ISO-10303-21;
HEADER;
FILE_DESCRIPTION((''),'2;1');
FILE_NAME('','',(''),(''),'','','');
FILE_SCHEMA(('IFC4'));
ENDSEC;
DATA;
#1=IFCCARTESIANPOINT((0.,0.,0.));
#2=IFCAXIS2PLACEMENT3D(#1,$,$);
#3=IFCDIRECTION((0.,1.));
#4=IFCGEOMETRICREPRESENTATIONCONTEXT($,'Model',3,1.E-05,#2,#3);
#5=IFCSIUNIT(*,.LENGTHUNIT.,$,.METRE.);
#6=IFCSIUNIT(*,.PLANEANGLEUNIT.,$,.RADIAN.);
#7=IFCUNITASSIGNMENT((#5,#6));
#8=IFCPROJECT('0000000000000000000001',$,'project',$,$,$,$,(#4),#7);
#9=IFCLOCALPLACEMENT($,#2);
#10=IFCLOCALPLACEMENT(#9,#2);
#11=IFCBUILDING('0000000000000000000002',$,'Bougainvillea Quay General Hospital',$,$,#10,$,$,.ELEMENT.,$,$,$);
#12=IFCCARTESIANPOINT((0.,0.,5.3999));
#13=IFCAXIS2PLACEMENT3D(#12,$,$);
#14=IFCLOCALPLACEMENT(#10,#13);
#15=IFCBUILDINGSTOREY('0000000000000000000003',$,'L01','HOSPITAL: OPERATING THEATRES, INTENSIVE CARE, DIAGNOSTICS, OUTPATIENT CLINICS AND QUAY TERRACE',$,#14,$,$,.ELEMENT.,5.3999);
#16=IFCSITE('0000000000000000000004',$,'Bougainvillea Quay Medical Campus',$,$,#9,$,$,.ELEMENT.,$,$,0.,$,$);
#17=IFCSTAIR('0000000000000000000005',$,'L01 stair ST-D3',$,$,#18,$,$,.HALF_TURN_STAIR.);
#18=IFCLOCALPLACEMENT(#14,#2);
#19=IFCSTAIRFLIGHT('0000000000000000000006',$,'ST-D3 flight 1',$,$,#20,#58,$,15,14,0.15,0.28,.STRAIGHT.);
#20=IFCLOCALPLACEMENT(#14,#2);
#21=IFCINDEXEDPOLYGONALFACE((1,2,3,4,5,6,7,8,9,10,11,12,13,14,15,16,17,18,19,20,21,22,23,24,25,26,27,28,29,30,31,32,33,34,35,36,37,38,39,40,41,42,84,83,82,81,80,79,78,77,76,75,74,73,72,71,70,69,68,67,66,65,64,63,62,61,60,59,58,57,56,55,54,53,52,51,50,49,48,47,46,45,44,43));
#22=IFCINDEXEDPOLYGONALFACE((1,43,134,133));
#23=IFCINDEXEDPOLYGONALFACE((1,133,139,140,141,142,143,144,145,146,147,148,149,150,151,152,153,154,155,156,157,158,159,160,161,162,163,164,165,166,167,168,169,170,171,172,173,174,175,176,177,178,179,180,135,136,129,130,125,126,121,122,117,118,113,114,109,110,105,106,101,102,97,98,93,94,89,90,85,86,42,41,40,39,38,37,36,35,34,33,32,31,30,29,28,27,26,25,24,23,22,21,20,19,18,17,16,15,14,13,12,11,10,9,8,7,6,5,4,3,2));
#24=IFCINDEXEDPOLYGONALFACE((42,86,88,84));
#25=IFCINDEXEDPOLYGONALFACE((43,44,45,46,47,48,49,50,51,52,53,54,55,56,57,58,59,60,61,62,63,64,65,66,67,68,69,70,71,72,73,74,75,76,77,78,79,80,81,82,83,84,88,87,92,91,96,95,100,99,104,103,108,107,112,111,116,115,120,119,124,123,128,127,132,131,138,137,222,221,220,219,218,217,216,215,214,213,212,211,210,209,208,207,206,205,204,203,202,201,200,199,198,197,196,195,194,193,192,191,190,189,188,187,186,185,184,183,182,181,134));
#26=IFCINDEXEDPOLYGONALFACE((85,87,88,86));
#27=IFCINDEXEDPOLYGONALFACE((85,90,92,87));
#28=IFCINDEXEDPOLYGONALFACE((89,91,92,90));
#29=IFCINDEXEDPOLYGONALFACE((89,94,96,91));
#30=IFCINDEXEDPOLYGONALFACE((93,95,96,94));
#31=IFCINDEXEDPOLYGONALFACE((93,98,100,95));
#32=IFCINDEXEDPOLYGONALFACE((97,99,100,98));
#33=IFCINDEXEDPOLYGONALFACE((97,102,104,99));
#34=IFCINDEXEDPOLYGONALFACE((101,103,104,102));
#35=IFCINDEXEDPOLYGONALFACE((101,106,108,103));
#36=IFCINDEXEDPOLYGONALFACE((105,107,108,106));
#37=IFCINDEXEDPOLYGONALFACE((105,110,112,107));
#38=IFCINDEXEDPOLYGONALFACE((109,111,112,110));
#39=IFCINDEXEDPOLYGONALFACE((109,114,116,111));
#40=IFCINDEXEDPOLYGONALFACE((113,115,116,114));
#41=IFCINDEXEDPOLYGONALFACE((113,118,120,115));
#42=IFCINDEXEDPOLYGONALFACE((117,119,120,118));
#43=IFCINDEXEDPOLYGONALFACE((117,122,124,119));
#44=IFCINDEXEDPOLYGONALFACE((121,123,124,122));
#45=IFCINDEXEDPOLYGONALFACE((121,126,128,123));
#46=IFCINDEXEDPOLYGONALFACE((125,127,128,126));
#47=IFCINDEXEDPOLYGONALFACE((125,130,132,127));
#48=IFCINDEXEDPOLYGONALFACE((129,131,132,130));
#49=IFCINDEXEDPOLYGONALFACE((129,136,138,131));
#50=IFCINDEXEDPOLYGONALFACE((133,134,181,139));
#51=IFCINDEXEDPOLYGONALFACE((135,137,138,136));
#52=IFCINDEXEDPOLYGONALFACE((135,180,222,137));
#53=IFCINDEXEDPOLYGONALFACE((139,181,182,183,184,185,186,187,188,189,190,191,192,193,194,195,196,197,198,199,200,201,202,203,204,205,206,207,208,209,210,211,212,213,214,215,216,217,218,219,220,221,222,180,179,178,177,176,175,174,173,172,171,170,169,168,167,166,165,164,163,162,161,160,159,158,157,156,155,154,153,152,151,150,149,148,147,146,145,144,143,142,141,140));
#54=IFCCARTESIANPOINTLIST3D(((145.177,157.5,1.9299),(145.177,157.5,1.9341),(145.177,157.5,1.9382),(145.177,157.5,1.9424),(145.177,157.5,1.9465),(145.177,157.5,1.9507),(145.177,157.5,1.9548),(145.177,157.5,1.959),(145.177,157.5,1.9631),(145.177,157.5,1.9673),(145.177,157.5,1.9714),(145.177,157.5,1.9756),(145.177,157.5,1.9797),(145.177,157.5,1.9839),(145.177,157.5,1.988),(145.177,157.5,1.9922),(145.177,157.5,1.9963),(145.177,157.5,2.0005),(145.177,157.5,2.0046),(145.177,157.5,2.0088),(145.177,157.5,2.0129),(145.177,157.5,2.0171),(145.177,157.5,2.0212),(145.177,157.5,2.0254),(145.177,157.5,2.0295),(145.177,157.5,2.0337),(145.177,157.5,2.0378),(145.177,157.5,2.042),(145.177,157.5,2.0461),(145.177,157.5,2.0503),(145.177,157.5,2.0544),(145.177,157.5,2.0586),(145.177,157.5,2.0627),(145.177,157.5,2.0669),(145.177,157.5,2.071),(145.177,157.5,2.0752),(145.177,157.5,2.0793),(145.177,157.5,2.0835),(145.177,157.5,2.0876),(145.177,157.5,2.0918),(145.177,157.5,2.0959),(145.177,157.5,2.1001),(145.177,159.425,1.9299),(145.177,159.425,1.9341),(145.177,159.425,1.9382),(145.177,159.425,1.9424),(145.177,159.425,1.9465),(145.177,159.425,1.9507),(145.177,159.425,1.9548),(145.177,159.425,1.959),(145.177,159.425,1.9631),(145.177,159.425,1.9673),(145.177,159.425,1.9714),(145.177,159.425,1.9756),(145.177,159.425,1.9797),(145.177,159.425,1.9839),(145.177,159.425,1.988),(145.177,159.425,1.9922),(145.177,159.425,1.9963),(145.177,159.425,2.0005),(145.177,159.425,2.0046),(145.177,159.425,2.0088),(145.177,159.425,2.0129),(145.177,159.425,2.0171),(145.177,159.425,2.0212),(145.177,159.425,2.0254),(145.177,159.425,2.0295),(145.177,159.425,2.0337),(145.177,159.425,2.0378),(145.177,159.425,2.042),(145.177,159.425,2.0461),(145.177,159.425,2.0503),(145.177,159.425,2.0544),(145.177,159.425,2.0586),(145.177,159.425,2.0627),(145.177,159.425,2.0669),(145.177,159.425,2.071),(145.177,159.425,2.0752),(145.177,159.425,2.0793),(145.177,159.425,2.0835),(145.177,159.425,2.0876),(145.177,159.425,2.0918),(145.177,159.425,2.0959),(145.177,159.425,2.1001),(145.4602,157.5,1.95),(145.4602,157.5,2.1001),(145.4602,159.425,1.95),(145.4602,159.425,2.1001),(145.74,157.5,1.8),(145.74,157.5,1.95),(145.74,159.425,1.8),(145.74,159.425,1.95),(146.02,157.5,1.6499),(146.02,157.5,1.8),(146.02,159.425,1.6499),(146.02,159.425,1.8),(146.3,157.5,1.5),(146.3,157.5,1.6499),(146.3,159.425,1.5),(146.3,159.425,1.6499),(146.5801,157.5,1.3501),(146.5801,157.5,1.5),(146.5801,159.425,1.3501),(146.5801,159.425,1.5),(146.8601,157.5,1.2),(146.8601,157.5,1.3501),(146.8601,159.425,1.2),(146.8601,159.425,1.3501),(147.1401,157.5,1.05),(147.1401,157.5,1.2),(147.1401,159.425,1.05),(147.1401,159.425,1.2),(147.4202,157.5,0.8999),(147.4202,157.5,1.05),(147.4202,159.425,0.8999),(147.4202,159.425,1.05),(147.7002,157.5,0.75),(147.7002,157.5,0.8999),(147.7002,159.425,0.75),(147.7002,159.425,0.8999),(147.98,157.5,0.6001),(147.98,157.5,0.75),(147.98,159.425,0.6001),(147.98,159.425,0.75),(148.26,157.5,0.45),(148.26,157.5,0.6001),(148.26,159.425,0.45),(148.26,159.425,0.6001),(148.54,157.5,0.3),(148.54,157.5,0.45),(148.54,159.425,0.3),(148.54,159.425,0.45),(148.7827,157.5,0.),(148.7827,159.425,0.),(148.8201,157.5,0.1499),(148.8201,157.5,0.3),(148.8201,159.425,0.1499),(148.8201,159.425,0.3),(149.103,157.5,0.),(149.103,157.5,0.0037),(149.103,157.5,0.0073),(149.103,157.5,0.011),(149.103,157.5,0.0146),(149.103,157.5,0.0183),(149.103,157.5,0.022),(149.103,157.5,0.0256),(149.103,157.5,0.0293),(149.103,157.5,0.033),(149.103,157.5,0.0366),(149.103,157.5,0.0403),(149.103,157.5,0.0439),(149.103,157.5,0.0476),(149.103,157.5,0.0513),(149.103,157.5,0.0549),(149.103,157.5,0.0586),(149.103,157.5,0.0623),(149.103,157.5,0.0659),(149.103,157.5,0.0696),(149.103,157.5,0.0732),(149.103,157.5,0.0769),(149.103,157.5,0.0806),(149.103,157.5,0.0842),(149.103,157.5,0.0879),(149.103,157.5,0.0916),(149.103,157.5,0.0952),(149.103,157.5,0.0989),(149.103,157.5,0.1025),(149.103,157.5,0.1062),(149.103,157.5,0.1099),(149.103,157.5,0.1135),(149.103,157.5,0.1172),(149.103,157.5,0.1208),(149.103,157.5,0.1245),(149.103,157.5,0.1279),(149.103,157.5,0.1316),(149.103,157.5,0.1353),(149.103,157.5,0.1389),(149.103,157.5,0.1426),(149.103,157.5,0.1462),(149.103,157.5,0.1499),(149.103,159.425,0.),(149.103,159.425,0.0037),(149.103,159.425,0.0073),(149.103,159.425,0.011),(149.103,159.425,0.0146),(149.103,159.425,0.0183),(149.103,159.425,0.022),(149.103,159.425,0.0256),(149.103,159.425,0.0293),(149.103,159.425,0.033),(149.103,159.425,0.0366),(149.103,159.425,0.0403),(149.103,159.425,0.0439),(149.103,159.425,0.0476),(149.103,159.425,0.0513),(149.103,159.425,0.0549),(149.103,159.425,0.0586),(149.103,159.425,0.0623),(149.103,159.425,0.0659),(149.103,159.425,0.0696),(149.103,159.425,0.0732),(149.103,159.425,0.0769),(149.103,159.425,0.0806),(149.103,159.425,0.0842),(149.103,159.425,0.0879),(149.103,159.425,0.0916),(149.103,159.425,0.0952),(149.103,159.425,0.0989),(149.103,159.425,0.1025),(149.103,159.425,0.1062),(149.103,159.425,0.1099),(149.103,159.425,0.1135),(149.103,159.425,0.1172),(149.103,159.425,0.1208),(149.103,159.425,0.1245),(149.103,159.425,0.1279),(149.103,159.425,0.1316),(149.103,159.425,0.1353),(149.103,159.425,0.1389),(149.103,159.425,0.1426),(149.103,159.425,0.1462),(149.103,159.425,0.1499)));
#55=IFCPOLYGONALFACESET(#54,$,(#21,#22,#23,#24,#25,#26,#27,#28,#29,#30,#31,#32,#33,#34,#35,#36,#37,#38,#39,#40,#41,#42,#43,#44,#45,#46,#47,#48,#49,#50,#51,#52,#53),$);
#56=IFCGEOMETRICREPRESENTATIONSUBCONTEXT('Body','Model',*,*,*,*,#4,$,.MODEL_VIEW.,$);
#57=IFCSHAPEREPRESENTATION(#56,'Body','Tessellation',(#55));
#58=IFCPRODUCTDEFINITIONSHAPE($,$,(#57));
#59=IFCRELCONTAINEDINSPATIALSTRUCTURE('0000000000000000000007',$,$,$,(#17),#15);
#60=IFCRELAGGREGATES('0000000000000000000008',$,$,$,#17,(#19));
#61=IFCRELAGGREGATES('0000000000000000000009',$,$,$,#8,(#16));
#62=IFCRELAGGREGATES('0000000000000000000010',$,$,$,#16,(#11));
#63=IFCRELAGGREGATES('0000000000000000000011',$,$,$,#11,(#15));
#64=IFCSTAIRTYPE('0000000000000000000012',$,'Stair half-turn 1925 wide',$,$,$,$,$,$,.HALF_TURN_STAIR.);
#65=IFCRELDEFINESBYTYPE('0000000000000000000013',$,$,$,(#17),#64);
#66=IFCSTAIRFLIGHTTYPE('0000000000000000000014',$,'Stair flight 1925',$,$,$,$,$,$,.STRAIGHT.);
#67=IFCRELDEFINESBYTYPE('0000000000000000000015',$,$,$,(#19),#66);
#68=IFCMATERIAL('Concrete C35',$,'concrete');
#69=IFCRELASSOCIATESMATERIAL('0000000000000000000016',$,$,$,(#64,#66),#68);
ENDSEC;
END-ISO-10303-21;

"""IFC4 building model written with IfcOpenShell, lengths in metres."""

from ifc_helpers import new_model, si_unit, direction, frame, origin, place, context, subcontext, project, spatial, polyline, outline, extrude, material, type_object, element, aggregate, save


model = new_model("IFC4")

# Units and contexts
model_context = context("Model", 3, precision=1e-05, world=origin(), true_north=direction((0.0, 1.0)))
body_context = subcontext(model_context, "Body", "Model", "MODEL_VIEW")
ifc_project = project(units=[si_unit("LENGTHUNIT", "METRE"), si_unit("PLANEANGLEUNIT", "RADIAN")], contexts=[model_context])

# Site, building, storey
site_placement = place(None, origin())
site = spatial("IfcSite", under=ifc_project, at=site_placement, Name="Bougainvillea Quay Medical Campus", CompositionType="ELEMENT", RefElevation=0.0)
building_placement = place(site_placement, origin())
building = spatial("IfcBuilding", under=site, at=building_placement, Name="Bougainvillea Quay General Hospital", CompositionType="ELEMENT")
storey_placement = place(building_placement, frame((0.0, 0.0, 5.3999)))
storey = spatial("IfcBuildingStorey", under=building, at=storey_placement, Name="L01", Description="HOSPITAL: OPERATING THEATRES, INTENSIVE CARE, DIAGNOSTICS, OUTPATIENT CLINICS AND QUAY TERRACE", CompositionType="ELEMENT", Elevation=5.3999)

# Stair, stair flight
ifc_material_1 = material(Name="Concrete C35", Category="concrete")
stair_type = type_object("IfcStairType", Name="Stair half-turn 1925 wide", PredefinedType="HALF_TURN_STAIR", material=ifc_material_1)
stair_placement = place(storey_placement, origin())
stair = element("IfcStair", 1, at=stair_placement, inside=storey, type_object=stair_type, Name="L01 stair ST-D3", PredefinedType="HALF_TURN_STAIR")
stair_flight_type = type_object("IfcStairFlightType", Name="Stair flight 1925", PredefinedType="STRAIGHT", material=ifc_material_1)
stair_flight_1_placement = place(storey_placement, frame((149.1001, 158.4624, 0.0), z_axis=(0.0, 0.0, 1.0), x_axis=(-1.0, 0.0, 0.0)))
stair_flight_1 = element("IfcStairFlight", 2, at=stair_flight_1_placement, type_object=stair_flight_type, Name="ST-D3 flight 1", NumberOfRisers=15, NumberOfTreads=14, PredefinedType="STRAIGHT", RiserHeight=0.15, TreadLength=0.28, context=body_context, shape_type="SweptSolid", body=[
    extrude(outline(polyline([(-0.0029, 0.0), (-0.0029, 0.0037), (-0.0029, 0.0073), (-0.0029, 0.011), (-0.0029, 0.0146), (-0.0029, 0.0183), (-0.0029, 0.022), (-0.0029, 0.0256), (-0.0029, 0.0293), (-0.0029, 0.033), (-0.0029, 0.0366), (-0.0029, 0.0403), (-0.0029, 0.0439), (-0.0029, 0.0476), (-0.0029, 0.0513), (-0.0029, 0.0549), (-0.0029, 0.0586), (-0.0029, 0.0623), (-0.0029, 0.0659), (-0.0029, 0.0696), (-0.0029, 0.0732), (-0.0029, 0.0769), (-0.0029, 0.0806), (-0.0029, 0.0842), (-0.0029, 0.0879), (-0.0029, 0.0916), (-0.0029, 0.0952), (-0.0029, 0.0989), (-0.0029, 0.1025), (-0.0029, 0.1062), (-0.0029, 0.1099), (-0.0029, 0.1135), (-0.0029, 0.1172), (-0.0029, 0.1208), (-0.0029, 0.1245), (-0.0029, 0.1279), (-0.0029, 0.1316), (-0.0029, 0.1353), (-0.0029, 0.1389), (-0.0029, 0.1426), (-0.0029, 0.1462), (-0.0029, 0.1499), (0.28, 0.1499), (0.28, 0.3), (0.5601, 0.3), (0.5601, 0.45), (0.8401, 0.45), (0.8401, 0.6001), (1.1201, 0.6001), (1.1201, 0.75), (1.3999, 0.75), (1.3999, 0.8999), (1.6799, 0.8999), (1.6799, 1.05), (1.96, 1.05), (1.96, 1.2), (2.24, 1.2), (2.24, 1.3501), (2.52, 1.3501), (2.52, 1.5), (2.8, 1.5), (2.8, 1.6499), (3.0801, 1.6499), (3.0801, 1.8), (3.3601, 1.8), (3.3601, 1.95), (3.6399, 1.95), (3.6399, 2.1001), (3.9231, 2.1001), (3.9231, 2.0959), (3.9231, 2.0918), (3.9231, 2.0876), (3.9231, 2.0835), (3.9231, 2.0793), (3.9231, 2.0752), (3.9231, 2.071), (3.9231, 2.0669), (3.9231, 2.0627), (3.9231, 2.0586), (3.9231, 2.0544), (3.9231, 2.0503), (3.9231, 2.0461), (3.9231, 2.042), (3.9231, 2.0378), (3.9231, 2.0337), (3.9231, 2.0295), (3.9231, 2.0254), (3.9231, 2.0212), (3.9231, 2.0171), (3.9231, 2.0129), (3.9231, 2.0088), (3.9231, 2.0046), (3.9231, 2.0005), (3.9231, 1.9963), (3.9231, 1.9922), (3.9231, 1.988), (3.9231, 1.9839), (3.9231, 1.9797), (3.9231, 1.9756), (3.9231, 1.9714), (3.9231, 1.9673), (3.9231, 1.9631), (3.9231, 1.959), (3.9231, 1.9548), (3.9231, 1.9507), (3.9231, 1.9465), (3.9231, 1.9424), (3.9231, 1.9382), (3.9231, 1.9341), (3.9231, 1.9299), (0.3174, 0.0), (-0.0029, 0.0)])), frame((0.0, 0.9624, 0.0), z_axis=(0.0, -1.0, 0.0), x_axis=(1.0, 0.0, 0.0)), (0.0, 0.0, 1.0), 1.925),
])
aggregate(stair, [stair_flight_1])

save(model, "model.ifc")
